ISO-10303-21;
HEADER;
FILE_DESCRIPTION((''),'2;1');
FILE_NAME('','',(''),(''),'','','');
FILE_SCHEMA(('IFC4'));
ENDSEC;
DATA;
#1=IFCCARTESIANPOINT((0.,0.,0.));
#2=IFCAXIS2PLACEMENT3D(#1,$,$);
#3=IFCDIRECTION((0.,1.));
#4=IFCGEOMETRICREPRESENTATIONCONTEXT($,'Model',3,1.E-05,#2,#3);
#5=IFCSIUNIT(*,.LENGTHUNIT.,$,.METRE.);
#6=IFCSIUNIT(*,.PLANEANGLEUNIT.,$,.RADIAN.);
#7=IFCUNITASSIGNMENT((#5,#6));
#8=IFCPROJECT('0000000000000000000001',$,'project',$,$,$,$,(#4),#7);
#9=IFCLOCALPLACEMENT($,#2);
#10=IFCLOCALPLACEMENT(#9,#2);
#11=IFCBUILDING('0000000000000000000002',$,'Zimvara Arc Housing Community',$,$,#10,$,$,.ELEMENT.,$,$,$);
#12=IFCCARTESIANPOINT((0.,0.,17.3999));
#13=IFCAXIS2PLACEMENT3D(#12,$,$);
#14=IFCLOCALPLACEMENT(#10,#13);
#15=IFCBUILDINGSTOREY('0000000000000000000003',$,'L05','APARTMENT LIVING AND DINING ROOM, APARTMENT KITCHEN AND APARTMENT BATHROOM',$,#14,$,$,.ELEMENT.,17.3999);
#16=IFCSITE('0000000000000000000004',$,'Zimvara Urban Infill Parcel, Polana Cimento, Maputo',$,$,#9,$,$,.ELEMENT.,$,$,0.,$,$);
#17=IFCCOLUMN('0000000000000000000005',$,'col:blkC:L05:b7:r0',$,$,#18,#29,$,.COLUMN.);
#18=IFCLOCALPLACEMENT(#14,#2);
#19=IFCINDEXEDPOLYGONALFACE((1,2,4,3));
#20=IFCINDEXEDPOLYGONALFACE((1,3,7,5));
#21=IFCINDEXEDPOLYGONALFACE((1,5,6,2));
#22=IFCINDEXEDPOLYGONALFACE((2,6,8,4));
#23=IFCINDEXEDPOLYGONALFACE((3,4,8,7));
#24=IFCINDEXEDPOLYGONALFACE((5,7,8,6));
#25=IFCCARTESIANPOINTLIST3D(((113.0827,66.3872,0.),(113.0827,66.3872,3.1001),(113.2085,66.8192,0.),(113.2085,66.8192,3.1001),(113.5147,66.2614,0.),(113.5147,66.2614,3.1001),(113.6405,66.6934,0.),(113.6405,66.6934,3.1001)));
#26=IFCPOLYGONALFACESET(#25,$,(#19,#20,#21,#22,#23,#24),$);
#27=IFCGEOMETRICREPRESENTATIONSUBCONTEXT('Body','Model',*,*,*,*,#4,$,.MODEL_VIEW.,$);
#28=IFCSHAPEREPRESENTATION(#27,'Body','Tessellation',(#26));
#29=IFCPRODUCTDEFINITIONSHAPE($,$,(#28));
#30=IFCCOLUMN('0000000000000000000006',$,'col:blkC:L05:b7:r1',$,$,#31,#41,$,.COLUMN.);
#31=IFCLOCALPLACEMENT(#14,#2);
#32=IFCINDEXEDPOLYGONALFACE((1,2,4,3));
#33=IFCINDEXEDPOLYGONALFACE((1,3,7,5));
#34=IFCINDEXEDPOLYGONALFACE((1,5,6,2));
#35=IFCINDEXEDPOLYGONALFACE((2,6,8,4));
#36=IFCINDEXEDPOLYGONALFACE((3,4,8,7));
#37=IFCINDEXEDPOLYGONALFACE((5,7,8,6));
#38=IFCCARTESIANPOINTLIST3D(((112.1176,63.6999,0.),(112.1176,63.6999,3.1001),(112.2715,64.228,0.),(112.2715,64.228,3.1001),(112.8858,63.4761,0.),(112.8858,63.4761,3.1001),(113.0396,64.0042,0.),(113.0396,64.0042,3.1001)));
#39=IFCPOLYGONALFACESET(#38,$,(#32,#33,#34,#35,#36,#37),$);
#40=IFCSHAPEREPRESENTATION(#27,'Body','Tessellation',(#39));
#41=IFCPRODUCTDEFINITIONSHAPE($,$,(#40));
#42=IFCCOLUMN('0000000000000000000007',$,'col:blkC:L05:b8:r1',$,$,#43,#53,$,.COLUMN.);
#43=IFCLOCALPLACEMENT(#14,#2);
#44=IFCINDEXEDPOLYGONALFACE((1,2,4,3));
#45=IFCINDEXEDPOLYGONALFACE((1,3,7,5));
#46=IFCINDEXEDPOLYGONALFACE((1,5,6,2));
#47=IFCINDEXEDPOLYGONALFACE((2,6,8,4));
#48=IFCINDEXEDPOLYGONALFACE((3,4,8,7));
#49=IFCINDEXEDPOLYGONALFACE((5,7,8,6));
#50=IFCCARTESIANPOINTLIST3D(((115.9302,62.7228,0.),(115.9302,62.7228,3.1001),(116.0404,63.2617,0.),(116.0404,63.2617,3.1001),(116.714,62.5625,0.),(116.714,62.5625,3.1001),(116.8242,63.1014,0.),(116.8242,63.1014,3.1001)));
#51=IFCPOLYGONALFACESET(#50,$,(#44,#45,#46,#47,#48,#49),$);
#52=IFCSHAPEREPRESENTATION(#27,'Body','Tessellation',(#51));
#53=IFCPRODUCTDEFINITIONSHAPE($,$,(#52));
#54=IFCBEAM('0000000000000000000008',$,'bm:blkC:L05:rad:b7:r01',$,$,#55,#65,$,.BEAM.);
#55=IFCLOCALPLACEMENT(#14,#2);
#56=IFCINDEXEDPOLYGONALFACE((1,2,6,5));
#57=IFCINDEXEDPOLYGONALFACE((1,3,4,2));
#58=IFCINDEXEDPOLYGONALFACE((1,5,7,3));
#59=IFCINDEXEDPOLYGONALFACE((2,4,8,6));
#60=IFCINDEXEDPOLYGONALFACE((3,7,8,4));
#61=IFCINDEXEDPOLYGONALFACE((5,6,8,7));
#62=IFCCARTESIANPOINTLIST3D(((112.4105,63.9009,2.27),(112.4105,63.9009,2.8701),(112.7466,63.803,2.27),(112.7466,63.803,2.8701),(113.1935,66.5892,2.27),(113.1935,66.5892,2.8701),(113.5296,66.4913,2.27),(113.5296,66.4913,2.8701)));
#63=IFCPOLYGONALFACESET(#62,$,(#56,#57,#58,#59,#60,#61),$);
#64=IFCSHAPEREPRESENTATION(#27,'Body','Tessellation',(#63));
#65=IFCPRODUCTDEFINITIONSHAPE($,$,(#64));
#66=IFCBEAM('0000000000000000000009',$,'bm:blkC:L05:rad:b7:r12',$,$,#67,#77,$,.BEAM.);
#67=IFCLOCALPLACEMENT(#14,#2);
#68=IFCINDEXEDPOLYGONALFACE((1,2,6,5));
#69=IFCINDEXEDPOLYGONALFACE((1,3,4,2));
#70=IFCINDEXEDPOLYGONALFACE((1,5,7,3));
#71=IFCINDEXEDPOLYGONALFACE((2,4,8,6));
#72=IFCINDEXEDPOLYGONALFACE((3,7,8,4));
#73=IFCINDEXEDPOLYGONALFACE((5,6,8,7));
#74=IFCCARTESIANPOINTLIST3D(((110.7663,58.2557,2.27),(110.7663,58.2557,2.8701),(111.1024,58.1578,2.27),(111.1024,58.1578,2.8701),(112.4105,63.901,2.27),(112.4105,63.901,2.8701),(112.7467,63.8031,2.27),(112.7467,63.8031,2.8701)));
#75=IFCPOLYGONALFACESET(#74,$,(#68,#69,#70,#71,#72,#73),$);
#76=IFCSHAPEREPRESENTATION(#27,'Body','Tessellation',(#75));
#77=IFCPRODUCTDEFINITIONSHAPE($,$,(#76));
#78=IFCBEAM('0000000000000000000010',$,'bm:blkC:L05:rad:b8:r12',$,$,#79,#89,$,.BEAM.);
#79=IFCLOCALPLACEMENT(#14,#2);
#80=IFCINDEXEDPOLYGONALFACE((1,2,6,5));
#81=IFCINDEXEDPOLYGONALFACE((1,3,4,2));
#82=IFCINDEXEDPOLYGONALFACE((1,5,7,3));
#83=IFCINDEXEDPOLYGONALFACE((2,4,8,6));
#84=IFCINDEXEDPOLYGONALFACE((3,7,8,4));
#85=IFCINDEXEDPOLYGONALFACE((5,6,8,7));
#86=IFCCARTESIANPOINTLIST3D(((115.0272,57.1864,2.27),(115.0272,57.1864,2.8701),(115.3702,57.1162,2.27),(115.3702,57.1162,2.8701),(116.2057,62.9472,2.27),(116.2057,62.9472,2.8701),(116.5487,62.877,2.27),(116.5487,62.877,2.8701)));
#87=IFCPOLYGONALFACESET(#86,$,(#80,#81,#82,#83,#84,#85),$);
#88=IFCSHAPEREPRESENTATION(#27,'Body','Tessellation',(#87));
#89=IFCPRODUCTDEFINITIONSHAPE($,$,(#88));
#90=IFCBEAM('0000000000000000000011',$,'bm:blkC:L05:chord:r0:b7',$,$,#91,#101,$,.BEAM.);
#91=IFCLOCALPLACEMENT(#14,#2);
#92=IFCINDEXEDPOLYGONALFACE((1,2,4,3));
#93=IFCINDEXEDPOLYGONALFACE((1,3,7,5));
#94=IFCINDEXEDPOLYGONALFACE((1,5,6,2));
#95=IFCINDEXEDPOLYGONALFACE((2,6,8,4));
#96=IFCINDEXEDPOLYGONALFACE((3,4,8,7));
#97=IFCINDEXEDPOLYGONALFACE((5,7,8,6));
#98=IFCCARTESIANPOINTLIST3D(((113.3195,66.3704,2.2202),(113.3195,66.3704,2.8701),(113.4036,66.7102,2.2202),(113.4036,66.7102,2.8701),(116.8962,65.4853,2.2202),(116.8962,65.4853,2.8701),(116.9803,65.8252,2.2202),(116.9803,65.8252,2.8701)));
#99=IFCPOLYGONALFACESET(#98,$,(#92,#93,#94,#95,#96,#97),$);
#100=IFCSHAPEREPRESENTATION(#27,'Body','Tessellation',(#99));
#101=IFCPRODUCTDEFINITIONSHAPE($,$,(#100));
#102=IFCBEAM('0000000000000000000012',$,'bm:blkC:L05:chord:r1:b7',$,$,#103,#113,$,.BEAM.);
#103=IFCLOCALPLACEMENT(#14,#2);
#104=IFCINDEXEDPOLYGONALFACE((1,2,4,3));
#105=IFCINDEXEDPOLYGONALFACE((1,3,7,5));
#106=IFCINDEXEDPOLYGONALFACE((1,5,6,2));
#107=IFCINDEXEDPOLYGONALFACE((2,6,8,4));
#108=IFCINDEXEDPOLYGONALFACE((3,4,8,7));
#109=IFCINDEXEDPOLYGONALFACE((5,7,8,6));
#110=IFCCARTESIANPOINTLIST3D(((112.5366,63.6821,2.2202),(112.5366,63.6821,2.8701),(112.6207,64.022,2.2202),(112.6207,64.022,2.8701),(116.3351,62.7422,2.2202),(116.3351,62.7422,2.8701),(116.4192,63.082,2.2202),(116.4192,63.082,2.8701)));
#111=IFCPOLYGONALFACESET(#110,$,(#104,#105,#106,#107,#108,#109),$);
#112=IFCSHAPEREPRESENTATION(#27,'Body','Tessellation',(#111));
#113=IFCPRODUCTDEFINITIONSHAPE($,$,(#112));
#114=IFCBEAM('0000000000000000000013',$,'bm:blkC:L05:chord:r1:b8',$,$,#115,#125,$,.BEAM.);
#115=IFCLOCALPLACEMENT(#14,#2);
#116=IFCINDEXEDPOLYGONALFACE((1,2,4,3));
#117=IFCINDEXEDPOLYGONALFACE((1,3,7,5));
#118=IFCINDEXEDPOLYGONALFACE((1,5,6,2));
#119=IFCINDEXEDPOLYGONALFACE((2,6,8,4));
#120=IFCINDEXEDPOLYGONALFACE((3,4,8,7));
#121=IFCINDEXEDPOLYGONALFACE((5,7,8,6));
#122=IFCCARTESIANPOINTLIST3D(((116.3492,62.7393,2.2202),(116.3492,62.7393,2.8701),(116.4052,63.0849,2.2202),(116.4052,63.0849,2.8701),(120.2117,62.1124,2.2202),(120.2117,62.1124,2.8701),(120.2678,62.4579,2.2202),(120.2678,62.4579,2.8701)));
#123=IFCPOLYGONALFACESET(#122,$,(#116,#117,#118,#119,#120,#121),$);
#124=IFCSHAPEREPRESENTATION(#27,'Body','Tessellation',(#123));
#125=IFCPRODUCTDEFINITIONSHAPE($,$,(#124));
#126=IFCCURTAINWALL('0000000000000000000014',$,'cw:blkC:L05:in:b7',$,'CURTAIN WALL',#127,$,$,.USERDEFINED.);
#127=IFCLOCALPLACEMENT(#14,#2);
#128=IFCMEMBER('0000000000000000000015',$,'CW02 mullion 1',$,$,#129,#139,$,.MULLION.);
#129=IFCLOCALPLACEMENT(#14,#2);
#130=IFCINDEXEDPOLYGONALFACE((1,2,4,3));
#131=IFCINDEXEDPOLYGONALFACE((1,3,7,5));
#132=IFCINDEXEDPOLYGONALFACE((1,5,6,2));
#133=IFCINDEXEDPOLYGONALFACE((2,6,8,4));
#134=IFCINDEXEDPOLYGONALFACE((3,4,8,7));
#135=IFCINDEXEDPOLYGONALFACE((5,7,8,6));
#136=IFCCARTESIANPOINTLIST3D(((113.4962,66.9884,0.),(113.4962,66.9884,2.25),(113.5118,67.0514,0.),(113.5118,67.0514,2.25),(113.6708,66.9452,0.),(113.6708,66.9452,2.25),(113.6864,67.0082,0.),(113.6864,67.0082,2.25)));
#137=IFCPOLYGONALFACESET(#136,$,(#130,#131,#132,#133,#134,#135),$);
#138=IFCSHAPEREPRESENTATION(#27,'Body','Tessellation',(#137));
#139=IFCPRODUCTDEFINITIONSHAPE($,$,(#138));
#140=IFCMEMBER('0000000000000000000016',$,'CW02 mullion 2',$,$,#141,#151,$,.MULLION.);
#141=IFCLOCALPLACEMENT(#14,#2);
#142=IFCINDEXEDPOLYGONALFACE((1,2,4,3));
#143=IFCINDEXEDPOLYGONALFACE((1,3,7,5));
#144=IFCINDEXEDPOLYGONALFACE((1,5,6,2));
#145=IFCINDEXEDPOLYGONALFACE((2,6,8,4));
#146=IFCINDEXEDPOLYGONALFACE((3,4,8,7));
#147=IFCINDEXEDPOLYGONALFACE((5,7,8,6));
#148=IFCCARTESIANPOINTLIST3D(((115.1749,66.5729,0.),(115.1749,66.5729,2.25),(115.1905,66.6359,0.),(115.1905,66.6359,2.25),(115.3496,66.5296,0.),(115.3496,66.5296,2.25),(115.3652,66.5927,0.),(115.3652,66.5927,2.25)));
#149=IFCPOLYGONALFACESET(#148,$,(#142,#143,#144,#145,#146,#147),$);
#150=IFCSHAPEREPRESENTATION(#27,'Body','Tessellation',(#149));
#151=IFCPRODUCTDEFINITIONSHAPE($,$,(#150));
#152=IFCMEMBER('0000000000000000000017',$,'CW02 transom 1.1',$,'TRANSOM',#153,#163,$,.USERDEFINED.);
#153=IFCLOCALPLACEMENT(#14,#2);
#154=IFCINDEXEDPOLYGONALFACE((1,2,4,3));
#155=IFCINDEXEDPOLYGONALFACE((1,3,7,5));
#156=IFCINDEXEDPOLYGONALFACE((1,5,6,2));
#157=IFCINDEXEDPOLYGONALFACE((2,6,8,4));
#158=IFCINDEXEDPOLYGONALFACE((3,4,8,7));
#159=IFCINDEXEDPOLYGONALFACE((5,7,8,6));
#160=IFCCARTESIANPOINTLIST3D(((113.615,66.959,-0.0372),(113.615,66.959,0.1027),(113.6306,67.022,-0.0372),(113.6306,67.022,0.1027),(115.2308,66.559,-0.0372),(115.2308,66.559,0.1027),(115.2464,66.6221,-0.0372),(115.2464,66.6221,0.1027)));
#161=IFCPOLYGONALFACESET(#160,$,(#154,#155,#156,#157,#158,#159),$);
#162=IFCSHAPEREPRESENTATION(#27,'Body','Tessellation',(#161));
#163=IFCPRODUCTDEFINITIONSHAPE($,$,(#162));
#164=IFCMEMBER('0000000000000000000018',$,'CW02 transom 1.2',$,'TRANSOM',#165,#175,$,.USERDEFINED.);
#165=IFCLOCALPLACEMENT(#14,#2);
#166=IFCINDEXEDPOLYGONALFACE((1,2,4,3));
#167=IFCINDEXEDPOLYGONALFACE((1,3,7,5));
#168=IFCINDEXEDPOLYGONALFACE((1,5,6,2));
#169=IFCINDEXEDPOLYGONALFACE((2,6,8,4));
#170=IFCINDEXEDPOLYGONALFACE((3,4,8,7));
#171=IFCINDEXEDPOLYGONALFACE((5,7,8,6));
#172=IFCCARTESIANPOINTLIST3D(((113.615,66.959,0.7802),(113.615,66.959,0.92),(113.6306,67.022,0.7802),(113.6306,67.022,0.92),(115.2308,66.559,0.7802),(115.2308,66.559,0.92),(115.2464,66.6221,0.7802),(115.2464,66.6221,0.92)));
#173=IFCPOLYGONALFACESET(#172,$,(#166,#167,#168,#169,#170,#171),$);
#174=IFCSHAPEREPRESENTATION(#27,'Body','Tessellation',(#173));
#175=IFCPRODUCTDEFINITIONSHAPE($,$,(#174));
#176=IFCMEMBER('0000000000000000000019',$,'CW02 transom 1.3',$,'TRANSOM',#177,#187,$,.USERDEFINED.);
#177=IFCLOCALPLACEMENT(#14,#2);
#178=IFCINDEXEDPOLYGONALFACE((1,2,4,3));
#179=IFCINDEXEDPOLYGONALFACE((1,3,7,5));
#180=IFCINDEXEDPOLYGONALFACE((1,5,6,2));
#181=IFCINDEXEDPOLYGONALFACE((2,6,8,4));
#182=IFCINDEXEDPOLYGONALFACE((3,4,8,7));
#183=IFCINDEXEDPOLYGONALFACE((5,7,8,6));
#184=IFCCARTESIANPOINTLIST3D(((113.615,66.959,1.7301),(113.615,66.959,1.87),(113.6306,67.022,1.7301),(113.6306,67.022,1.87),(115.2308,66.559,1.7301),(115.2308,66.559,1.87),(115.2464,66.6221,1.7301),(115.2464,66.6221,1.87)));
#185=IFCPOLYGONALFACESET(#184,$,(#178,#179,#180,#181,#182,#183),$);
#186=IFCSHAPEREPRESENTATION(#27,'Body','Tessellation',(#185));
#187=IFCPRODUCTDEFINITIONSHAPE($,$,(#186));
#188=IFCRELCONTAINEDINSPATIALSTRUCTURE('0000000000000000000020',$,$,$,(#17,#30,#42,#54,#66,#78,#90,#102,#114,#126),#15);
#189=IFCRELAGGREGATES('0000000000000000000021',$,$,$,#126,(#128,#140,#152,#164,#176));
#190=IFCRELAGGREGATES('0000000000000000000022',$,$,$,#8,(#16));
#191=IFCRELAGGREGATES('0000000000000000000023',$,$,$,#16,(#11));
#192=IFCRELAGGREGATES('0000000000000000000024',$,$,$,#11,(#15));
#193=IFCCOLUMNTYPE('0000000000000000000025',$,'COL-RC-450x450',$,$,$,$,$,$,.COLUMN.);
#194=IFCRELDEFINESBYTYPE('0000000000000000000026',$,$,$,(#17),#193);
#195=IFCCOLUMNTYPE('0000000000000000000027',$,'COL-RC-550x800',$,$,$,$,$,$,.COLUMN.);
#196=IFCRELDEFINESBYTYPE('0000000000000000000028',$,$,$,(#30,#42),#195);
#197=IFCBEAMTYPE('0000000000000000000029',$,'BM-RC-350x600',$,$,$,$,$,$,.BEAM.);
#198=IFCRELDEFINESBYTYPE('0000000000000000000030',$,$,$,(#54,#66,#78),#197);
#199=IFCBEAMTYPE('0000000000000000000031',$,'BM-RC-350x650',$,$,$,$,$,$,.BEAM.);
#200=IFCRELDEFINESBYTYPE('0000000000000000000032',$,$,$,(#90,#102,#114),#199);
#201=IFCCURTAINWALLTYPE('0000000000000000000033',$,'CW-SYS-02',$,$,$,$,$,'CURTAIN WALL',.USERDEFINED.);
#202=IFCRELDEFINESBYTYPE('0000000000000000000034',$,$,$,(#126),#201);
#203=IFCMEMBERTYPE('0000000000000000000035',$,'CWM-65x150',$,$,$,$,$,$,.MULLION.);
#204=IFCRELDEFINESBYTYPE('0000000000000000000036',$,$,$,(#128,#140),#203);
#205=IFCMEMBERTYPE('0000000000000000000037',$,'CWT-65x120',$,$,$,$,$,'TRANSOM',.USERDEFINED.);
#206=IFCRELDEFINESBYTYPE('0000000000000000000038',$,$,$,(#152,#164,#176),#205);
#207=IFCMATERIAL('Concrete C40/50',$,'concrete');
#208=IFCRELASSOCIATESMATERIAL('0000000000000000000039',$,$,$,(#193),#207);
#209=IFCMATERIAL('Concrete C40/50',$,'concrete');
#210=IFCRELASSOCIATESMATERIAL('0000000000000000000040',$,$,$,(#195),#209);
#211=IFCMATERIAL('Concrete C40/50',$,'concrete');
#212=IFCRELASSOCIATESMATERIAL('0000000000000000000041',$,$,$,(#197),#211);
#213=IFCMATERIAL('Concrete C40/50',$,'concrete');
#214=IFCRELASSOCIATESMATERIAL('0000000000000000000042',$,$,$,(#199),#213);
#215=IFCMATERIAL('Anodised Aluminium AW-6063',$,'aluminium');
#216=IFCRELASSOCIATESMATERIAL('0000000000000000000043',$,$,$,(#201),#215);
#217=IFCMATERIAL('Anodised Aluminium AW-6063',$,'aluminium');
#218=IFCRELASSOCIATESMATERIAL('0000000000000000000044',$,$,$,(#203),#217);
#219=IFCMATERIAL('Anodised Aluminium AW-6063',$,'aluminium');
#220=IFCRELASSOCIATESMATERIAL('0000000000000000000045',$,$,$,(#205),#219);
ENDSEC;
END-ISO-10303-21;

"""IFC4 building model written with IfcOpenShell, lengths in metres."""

from ifc_helpers import new_model, si_unit, direction, frame, origin, origin_2d, place, context, subcontext, project, spatial, rectangle, extrude, material, material_profile, profile_set, type_object, element, aggregate, save


model = new_model("IFC4")

# Units and contexts
model_context = context("Model", 3, precision=1e-05, world=origin(), true_north=direction((0.0, 1.0)))
body_context = subcontext(model_context, "Body", "Model", "MODEL_VIEW")
ifc_project = project(units=[si_unit("LENGTHUNIT", "METRE"), si_unit("PLANEANGLEUNIT", "RADIAN")], contexts=[model_context])

# Site, building, storey
site_placement = place(None, origin())
site = spatial("IfcSite", under=ifc_project, at=site_placement, Name="Zimvara Urban Infill Parcel, Polana Cimento, Maputo", CompositionType="ELEMENT", RefElevation=0.0)
building_placement = place(site_placement, origin())
building = spatial("IfcBuilding", under=site, at=building_placement, Name="Zimvara Arc Housing Community", CompositionType="ELEMENT")
storey_placement = place(building_placement, frame((0.0, 0.0, 17.3999)))
storey = spatial("IfcBuildingStorey", under=building, at=storey_placement, Name="L05", Description="APARTMENT LIVING AND DINING ROOM, APARTMENT KITCHEN AND APARTMENT BATHROOM", CompositionType="ELEMENT", Elevation=17.3999)

# Columns
ifc_material_1 = material(Name="Concrete C40/50", Category="concrete")
ifc_material_profile_1 = material_profile(ifc_material_1, rectangle(XDim=0.45, YDim=0.45, at=origin_2d()), Name="RC 450x450")
ifc_profile_set_1 = profile_set([ifc_material_profile_1], Name="Concrete C40/50")
column_type_1 = type_object("IfcColumnType", Name="COL-RC-450x450", PredefinedType="COLUMN", material=ifc_profile_set_1)
column_placement = place(storey_placement, frame((113.3616, 66.5403, 0.0), z_axis=(0.0, 0.0, 1.0), x_axis=(-0.279661, -0.960099, 0.0)))
element("IfcColumn", 1, at=column_placement, inside=storey, type_object=column_type_1, Name="col:blkC:L05:b7:r0", PredefinedType="COLUMN", context=body_context, shape_type="SweptSolid", body=[
    extrude(rectangle(XDim=0.45, YDim=0.45, at=origin_2d()), origin(), (0.0, 0.0, 1.0), 3.1001),
])
ifc_material_2 = material(Name="Concrete C40/50", Category="concrete")
ifc_material_profile_2 = material_profile(ifc_material_2, rectangle(XDim=0.55, YDim=0.8, at=origin_2d()), Name="RC 550x800")
ifc_profile_set_2 = profile_set([ifc_material_profile_2], Name="Concrete C40/50")
column_type_2 = type_object("IfcColumnType", Name="COL-RC-550x800", PredefinedType="COLUMN", material=ifc_profile_set_2)
for number, where, z_axis, x_axis, name in (
    (2, (112.5786, 63.8521, 0.0), (0.0, 0.0, 1.0), (-0.279661, -0.960099, 0.0), "col:blkC:L05:b7:r1"),
    (3, (116.3772, 62.9121, 0.0), (0.0, 0.0, 1.0), (-0.200394, -0.979715, 0.0), "col:blkC:L05:b8:r1"),
):
    element("IfcColumn", number, at=place(storey_placement, frame(where, z_axis=z_axis, x_axis=x_axis)), inside=storey, type_object=column_type_2, Name=name, PredefinedType="COLUMN", context=body_context, shape_type="SweptSolid", body=[
        extrude(rectangle(XDim=0.55, YDim=0.8, at=origin_2d()), origin(), (0.0, 0.0, 1.0), 3.1001),
    ])

# Beams
ifc_material_3 = material(Name="Concrete C40/50", Category="concrete")
ifc_material_profile_3 = material_profile(ifc_material_3, rectangle(XDim=0.3501, YDim=0.6001, at=origin_2d()), Name="RC 350x600")
ifc_profile_set_3 = profile_set([ifc_material_profile_3], Name="Concrete C40/50")
beam_type_1 = type_object("IfcBeamType", Name="BM-RC-350x600", PredefinedType="BEAM", material=ifc_profile_set_3)
beam_1_placement = place(storey_placement, frame((113.3616, 66.5403, 2.5701), z_axis=(-0.279635, -0.960106, 0.0), x_axis=(0.960106, -0.279635, 0.0)))
element("IfcBeam", 4, at=beam_1_placement, inside=storey, type_object=beam_type_1, Name="bm:blkC:L05:rad:b7:r01", PredefinedType="BEAM", context=body_context, shape_type="SweptSolid", body=[
    extrude(rectangle(XDim=0.3501, YDim=0.6001, at=origin_2d()), origin(), (0.0, 0.0, 1.0), 2.8),
])
beam_2_placement = place(storey_placement, frame((112.5786, 63.8521, 2.5701), z_axis=(-0.279648, -0.960103, 0.0), x_axis=(0.960103, -0.279648, 0.0)))
element("IfcBeam", 5, at=beam_2_placement, inside=storey, type_object=beam_type_1, Name="bm:blkC:L05:rad:b7:r12", PredefinedType="BEAM", context=body_context, shape_type="SweptSolid", body=[
    extrude(rectangle(XDim=0.3501, YDim=0.6001, at=origin_2d()), origin(), (0.0, 0.0, 1.0), 5.8799),
])
beam_3_placement = place(storey_placement, frame((116.3772, 62.9121, 2.5701), z_axis=(-0.200418, -0.97971, 0.0), x_axis=(0.97971, -0.200418, 0.0)))
element("IfcBeam", 6, at=beam_3_placement, inside=storey, type_object=beam_type_1, Name="bm:blkC:L05:rad:b8:r12", PredefinedType="BEAM", context=body_context, shape_type="SweptSolid", body=[
    extrude(rectangle(XDim=0.3501, YDim=0.6001, at=origin_2d()), origin(), (0.0, 0.0, 1.0), 5.8801),
])
ifc_material_4 = material(Name="Concrete C40/50", Category="concrete")
ifc_material_profile_4 = material_profile(ifc_material_4, rectangle(XDim=0.3501, YDim=0.6499, at=origin_2d()), Name="RC 350x650")
ifc_profile_set_4 = profile_set([ifc_material_profile_4], Name="Concrete C40/50")
beam_type_2 = type_object("IfcBeamType", Name="BM-RC-350x650", PredefinedType="BEAM", material=ifc_profile_set_4)
beam_4_placement = place(storey_placement, frame((113.3616, 66.5403, 2.5452), z_axis=(0.970724, -0.240196, 0.0), x_axis=(0.240196, 0.970724, 0.0)))
element("IfcBeam", 7, at=beam_4_placement, inside=storey, type_object=beam_type_2, Name="bm:blkC:L05:chord:r0:b7", PredefinedType="BEAM", context=body_context, shape_type="SweptSolid", body=[
    extrude(rectangle(XDim=0.3501, YDim=0.6499, at=origin_2d()), origin(), (0.0, 0.0, 1.0), 3.6846),
])
for number, where, z_axis, x_axis, name in (
    (8, (112.5786, 63.8521, 2.5452), (0.970723, -0.240201, 0.0), (0.240201, 0.970723, 0.0), "bm:blkC:L05:chord:r1:b7"),
    (9, (116.3772, 62.9121, 2.5452), (0.987081, -0.160219, 0.0), (0.160219, 0.987081, 0.0), "bm:blkC:L05:chord:r1:b8"),
):
    element("IfcBeam", number, at=place(storey_placement, frame(where, z_axis=z_axis, x_axis=x_axis)), inside=storey, type_object=beam_type_2, Name=name, PredefinedType="BEAM", context=body_context, shape_type="SweptSolid", body=[
        extrude(rectangle(XDim=0.3501, YDim=0.6499, at=origin_2d()), origin(), (0.0, 0.0, 1.0), 3.9131),
    ])

# Curtain wall, members
ifc_material_5 = material(Name="Anodised Aluminium AW-6063", Category="aluminium")
curtain_wall_type = type_object("IfcCurtainWallType", Name="CW-SYS-02", ElementType="CURTAIN WALL", PredefinedType="USERDEFINED", material=ifc_material_5)
curtain_wall_placement = place(storey_placement, origin())
curtain_wall = element("IfcCurtainWall", 10, at=curtain_wall_placement, inside=storey, type_object=curtain_wall_type, Name="cw:blkC:L05:in:b7", ObjectType="CURTAIN WALL", PredefinedType="USERDEFINED")
ifc_material_6 = material(Name="Anodised Aluminium AW-6063", Category="aluminium")
ifc_material_profile_5 = material_profile(ifc_material_6, rectangle(XDim=0.0649, YDim=0.1799, at=origin_2d()), Name="ALU 65x180")
ifc_profile_set_5 = profile_set([ifc_material_profile_5], Name="Anodised Aluminium AW-6063")
member_type_1 = type_object("IfcMemberType", Name="CWM-65x150", PredefinedType="MULLION", material=ifc_profile_set_5)
member_1_placement = place(storey_placement, frame((113.5913, 66.9983, 0.0), z_axis=(0.0, 0.0, 1.0), x_axis=(0.240228, 0.970717, 0.0)))
member_1 = element("IfcMember", 11, at=member_1_placement, type_object=member_type_1, Name="CW02 mullion 1", PredefinedType="MULLION", context=body_context, shape_type="SweptSolid", body=[
    extrude(rectangle(XDim=0.0649, YDim=0.1799, at=origin_2d()), origin(), (0.0, 0.0, 1.0), 2.25),
])
member_2_placement = place(storey_placement, frame((115.27, 66.5828, 0.0), z_axis=(0.0, 0.0, 1.0), x_axis=(0.240228, 0.970717, 0.0)))
member_2 = element("IfcMember", 12, at=member_2_placement, type_object=member_type_1, Name="CW02 mullion 2", PredefinedType="MULLION", context=body_context, shape_type="SweptSolid", body=[
    extrude(rectangle(XDim=0.0649, YDim=0.1799, at=origin_2d()), origin(), (0.0, 0.0, 1.0), 2.25),
])
ifc_material_7 = material(Name="Anodised Aluminium AW-6063", Category="aluminium")
ifc_material_profile_6 = material_profile(ifc_material_7, rectangle(XDim=0.0649, YDim=0.1399, at=origin_2d()), Name="ALU 65x140")
ifc_profile_set_6 = profile_set([ifc_material_profile_6], Name="Anodised Aluminium AW-6063")
member_type_2 = type_object("IfcMemberType", Name="CWT-65x120", ElementType="TRANSOM", PredefinedType="USERDEFINED", material=ifc_profile_set_6)
member_3_placement = place(storey_placement, frame((113.6228, 66.9905, 0.0327), z_axis=(0.970709, -0.240257, 0.0), x_axis=(0.240257, 0.970709, 0.0)))
member_3 = element("IfcMember", 13, at=member_3_placement, type_object=member_type_2, Name="CW02 transom 1.1", ObjectType="TRANSOM", PredefinedType="USERDEFINED", context=body_context, shape_type="SweptSolid", body=[
    extrude(rectangle(XDim=0.0649, YDim=0.1399, at=origin_2d()), origin(), (0.0, 0.0, 1.0), 1.6646),
])
member_4_placement = place(storey_placement, frame((113.6228, 66.9905, 0.8501), z_axis=(0.970709, -0.240257, 0.0), x_axis=(0.240257, 0.970709, 0.0)))
member_4 = element("IfcMember", 14, at=member_4_placement, type_object=member_type_2, Name="CW02 transom 1.2", ObjectType="TRANSOM", PredefinedType="USERDEFINED", context=body_context, shape_type="SweptSolid", body=[
    extrude(rectangle(XDim=0.0649, YDim=0.1399, at=origin_2d()), origin(), (0.0, 0.0, 1.0), 1.6646),
])
member_5_placement = place(storey_placement, frame((113.6228, 66.9905, 1.8), z_axis=(0.970709, -0.240257, 0.0), x_axis=(0.240257, 0.970709, 0.0)))
member_5 = element("IfcMember", 15, at=member_5_placement, type_object=member_type_2, Name="CW02 transom 1.3", ObjectType="TRANSOM", PredefinedType="USERDEFINED", context=body_context, shape_type="SweptSolid", body=[
    extrude(rectangle(XDim=0.0649, YDim=0.1399, at=origin_2d()), origin(), (0.0, 0.0, 1.0), 1.6646),
])
aggregate(curtain_wall, [member_1, member_2, member_3, member_4, member_5])

save(model, "model.ifc")
